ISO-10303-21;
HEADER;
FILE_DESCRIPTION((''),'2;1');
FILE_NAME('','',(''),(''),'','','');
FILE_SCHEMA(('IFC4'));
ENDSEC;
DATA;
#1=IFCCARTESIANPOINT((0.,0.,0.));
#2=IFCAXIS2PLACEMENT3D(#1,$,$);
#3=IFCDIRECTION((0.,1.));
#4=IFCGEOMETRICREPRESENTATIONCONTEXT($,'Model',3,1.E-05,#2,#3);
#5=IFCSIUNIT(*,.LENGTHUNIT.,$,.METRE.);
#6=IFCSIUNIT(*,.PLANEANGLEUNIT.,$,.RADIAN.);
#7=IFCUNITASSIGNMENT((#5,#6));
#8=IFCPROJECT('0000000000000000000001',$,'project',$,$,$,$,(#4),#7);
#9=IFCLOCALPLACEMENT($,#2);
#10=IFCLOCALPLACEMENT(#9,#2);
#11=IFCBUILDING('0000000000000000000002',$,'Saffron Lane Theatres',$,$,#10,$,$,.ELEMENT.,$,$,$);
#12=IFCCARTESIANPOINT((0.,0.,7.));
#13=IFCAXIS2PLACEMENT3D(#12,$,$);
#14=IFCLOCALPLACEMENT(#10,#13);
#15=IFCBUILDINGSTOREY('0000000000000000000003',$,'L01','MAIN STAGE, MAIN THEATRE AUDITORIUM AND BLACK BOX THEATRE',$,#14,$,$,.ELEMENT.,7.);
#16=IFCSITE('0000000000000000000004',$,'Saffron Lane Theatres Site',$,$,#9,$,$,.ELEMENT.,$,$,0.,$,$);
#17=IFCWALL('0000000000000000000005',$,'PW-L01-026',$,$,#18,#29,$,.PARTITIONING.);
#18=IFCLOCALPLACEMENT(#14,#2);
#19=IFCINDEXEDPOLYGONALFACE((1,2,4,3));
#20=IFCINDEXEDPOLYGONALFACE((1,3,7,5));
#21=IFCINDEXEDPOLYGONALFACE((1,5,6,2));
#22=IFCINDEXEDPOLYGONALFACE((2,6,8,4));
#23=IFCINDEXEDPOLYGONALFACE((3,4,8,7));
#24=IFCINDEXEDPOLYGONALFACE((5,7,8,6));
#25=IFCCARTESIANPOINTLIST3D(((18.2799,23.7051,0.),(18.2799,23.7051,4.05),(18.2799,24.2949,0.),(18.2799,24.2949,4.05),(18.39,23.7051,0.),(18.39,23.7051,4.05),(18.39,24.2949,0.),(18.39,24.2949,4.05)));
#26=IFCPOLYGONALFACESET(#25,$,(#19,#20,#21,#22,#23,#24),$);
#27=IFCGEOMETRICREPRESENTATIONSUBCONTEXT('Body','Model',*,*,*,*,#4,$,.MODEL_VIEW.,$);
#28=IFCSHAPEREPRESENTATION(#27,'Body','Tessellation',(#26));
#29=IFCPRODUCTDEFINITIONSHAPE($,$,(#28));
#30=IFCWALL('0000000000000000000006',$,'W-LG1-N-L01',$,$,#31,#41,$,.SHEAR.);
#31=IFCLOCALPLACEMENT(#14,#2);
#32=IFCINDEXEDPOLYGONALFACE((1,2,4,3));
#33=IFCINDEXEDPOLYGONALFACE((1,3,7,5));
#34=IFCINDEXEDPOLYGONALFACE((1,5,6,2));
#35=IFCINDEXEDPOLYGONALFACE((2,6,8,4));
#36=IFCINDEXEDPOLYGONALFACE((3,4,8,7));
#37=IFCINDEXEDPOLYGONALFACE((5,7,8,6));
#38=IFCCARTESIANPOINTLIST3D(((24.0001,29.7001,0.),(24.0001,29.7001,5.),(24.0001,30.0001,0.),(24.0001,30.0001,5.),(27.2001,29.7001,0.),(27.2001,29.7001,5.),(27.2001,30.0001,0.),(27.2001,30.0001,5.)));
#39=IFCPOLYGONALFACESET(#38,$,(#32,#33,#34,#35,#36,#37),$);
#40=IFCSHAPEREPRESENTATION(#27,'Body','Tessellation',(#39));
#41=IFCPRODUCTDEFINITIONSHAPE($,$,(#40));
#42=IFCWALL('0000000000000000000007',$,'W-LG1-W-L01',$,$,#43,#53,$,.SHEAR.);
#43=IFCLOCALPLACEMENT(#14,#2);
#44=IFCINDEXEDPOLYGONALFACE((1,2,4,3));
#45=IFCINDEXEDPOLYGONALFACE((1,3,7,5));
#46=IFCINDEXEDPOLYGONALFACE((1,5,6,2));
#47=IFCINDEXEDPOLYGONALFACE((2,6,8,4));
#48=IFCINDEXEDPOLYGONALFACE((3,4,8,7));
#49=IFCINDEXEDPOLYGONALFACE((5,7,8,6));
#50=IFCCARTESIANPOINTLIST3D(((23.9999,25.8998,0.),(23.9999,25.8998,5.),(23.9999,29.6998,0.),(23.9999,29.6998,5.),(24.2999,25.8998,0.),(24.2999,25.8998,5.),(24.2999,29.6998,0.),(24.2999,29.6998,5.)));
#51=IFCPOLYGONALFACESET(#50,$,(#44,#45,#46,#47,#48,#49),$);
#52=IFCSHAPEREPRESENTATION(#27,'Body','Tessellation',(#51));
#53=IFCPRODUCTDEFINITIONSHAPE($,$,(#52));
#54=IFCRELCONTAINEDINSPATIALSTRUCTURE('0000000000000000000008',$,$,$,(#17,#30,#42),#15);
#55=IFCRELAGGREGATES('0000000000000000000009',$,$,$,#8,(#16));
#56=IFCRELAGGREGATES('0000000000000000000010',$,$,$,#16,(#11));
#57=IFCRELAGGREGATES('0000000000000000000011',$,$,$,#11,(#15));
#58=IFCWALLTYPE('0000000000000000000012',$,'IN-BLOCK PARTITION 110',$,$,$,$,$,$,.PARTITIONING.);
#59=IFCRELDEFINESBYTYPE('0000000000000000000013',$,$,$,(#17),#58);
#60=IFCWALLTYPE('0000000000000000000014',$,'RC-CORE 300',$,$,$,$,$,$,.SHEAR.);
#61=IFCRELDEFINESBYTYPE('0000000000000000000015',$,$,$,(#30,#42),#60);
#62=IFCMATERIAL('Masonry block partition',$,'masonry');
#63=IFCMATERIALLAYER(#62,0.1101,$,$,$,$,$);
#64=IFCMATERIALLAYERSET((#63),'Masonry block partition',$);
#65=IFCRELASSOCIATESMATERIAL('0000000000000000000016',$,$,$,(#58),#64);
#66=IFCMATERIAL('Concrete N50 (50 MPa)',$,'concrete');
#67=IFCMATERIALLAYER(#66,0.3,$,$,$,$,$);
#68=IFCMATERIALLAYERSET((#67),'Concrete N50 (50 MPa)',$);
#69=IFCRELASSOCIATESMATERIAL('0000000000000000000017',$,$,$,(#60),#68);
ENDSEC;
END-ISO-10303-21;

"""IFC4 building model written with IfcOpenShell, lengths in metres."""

from ifc_helpers import new_model, si_unit, direction, frame, frame_2d, origin, place, context, subcontext, project, spatial, rectangle, extrude, material, layer, layer_set, type_object, element, save


model = new_model("IFC4")

# Units and contexts
model_context = context("Model", 3, precision=1e-05, world=origin(), true_north=direction((0.0, 1.0)))
body_context = subcontext(model_context, "Body", "Model", "MODEL_VIEW")
ifc_project = project(units=[si_unit("LENGTHUNIT", "METRE"), si_unit("PLANEANGLEUNIT", "RADIAN")], contexts=[model_context])

# Site, building, storey
site_placement = place(None, origin())
site = spatial("IfcSite", under=ifc_project, at=site_placement, Name="Saffron Lane Theatres Site", CompositionType="ELEMENT", RefElevation=0.0)
building_placement = place(site_placement, origin())
building = spatial("IfcBuilding", under=site, at=building_placement, Name="Saffron Lane Theatres", CompositionType="ELEMENT")
storey_placement = place(building_placement, frame((0.0, 0.0, 7.0)))
storey = spatial("IfcBuildingStorey", under=building, at=storey_placement, Name="L01", Description="MAIN STAGE, MAIN THEATRE AUDITORIUM AND BLACK BOX THEATRE", CompositionType="ELEMENT", Elevation=7.0)

# Walls
ifc_material_1 = material(Name="Masonry block partition", Category="masonry")
ifc_layer_1 = layer(ifc_material_1, 0.1101)
ifc_layer_set_1 = layer_set([ifc_layer_1], Name="Masonry block partition")
wall_type_1 = type_object("IfcWallType", Name="IN-BLOCK PARTITION 110", PredefinedType="PARTITIONING", material=ifc_layer_set_1)
wall_1_placement = place(storey_placement, frame((18.335, 23.7051, 0.0), z_axis=(0.0, 0.0, 1.0), x_axis=(0.0, 1.0, 0.0)))
element("IfcWall", 1, at=wall_1_placement, inside=storey, type_object=wall_type_1, Name="PW-L01-026", PredefinedType="PARTITIONING", context=body_context, shape_type="SweptSolid", body=[
    extrude(rectangle(XDim=0.5898, YDim=0.1101, at=frame_2d((0.2949, 0.0))), origin(), (0.0, 0.0, 1.0), 4.05),
])
ifc_material_2 = material(Name="Concrete N50 (50 MPa)", Category="concrete")
ifc_layer_2 = layer(ifc_material_2, 0.3)
ifc_layer_set_2 = layer_set([ifc_layer_2], Name="Concrete N50 (50 MPa)")
wall_type_2 = type_object("IfcWallType", Name="RC-CORE 300", PredefinedType="SHEAR", material=ifc_layer_set_2)
wall_2_placement = place(storey_placement, frame((24.0, 29.8501, 0.0), z_axis=(0.0, 0.0, 1.0), x_axis=(1.0, 0.0, 0.0)))
element("IfcWall", 2, at=wall_2_placement, inside=storey, type_object=wall_type_2, Name="W-LG1-N-L01", PredefinedType="SHEAR", context=body_context, shape_type="SweptSolid", body=[
    extrude(rectangle(XDim=3.2, YDim=0.3, at=frame_2d((1.6001, 0.0))), origin(), (0.0, 0.0, 1.0), 5.0),
])

# Wall
wall_3_placement = place(storey_placement, frame((24.1499, 25.8999, 0.0), z_axis=(0.0, 0.0, 1.0), x_axis=(0.0, 1.0, 0.0)))
element("IfcWall", 3, at=wall_3_placement, inside=storey, type_object=wall_type_2, Name="W-LG1-W-L01", PredefinedType="SHEAR", context=body_context, shape_type="SweptSolid", body=[
    extrude(rectangle(XDim=3.8, YDim=0.3, at=frame_2d((1.8999, 0.0))), origin(), (0.0, 0.0, 1.0), 5.0),
])

save(model, "model.ifc")
